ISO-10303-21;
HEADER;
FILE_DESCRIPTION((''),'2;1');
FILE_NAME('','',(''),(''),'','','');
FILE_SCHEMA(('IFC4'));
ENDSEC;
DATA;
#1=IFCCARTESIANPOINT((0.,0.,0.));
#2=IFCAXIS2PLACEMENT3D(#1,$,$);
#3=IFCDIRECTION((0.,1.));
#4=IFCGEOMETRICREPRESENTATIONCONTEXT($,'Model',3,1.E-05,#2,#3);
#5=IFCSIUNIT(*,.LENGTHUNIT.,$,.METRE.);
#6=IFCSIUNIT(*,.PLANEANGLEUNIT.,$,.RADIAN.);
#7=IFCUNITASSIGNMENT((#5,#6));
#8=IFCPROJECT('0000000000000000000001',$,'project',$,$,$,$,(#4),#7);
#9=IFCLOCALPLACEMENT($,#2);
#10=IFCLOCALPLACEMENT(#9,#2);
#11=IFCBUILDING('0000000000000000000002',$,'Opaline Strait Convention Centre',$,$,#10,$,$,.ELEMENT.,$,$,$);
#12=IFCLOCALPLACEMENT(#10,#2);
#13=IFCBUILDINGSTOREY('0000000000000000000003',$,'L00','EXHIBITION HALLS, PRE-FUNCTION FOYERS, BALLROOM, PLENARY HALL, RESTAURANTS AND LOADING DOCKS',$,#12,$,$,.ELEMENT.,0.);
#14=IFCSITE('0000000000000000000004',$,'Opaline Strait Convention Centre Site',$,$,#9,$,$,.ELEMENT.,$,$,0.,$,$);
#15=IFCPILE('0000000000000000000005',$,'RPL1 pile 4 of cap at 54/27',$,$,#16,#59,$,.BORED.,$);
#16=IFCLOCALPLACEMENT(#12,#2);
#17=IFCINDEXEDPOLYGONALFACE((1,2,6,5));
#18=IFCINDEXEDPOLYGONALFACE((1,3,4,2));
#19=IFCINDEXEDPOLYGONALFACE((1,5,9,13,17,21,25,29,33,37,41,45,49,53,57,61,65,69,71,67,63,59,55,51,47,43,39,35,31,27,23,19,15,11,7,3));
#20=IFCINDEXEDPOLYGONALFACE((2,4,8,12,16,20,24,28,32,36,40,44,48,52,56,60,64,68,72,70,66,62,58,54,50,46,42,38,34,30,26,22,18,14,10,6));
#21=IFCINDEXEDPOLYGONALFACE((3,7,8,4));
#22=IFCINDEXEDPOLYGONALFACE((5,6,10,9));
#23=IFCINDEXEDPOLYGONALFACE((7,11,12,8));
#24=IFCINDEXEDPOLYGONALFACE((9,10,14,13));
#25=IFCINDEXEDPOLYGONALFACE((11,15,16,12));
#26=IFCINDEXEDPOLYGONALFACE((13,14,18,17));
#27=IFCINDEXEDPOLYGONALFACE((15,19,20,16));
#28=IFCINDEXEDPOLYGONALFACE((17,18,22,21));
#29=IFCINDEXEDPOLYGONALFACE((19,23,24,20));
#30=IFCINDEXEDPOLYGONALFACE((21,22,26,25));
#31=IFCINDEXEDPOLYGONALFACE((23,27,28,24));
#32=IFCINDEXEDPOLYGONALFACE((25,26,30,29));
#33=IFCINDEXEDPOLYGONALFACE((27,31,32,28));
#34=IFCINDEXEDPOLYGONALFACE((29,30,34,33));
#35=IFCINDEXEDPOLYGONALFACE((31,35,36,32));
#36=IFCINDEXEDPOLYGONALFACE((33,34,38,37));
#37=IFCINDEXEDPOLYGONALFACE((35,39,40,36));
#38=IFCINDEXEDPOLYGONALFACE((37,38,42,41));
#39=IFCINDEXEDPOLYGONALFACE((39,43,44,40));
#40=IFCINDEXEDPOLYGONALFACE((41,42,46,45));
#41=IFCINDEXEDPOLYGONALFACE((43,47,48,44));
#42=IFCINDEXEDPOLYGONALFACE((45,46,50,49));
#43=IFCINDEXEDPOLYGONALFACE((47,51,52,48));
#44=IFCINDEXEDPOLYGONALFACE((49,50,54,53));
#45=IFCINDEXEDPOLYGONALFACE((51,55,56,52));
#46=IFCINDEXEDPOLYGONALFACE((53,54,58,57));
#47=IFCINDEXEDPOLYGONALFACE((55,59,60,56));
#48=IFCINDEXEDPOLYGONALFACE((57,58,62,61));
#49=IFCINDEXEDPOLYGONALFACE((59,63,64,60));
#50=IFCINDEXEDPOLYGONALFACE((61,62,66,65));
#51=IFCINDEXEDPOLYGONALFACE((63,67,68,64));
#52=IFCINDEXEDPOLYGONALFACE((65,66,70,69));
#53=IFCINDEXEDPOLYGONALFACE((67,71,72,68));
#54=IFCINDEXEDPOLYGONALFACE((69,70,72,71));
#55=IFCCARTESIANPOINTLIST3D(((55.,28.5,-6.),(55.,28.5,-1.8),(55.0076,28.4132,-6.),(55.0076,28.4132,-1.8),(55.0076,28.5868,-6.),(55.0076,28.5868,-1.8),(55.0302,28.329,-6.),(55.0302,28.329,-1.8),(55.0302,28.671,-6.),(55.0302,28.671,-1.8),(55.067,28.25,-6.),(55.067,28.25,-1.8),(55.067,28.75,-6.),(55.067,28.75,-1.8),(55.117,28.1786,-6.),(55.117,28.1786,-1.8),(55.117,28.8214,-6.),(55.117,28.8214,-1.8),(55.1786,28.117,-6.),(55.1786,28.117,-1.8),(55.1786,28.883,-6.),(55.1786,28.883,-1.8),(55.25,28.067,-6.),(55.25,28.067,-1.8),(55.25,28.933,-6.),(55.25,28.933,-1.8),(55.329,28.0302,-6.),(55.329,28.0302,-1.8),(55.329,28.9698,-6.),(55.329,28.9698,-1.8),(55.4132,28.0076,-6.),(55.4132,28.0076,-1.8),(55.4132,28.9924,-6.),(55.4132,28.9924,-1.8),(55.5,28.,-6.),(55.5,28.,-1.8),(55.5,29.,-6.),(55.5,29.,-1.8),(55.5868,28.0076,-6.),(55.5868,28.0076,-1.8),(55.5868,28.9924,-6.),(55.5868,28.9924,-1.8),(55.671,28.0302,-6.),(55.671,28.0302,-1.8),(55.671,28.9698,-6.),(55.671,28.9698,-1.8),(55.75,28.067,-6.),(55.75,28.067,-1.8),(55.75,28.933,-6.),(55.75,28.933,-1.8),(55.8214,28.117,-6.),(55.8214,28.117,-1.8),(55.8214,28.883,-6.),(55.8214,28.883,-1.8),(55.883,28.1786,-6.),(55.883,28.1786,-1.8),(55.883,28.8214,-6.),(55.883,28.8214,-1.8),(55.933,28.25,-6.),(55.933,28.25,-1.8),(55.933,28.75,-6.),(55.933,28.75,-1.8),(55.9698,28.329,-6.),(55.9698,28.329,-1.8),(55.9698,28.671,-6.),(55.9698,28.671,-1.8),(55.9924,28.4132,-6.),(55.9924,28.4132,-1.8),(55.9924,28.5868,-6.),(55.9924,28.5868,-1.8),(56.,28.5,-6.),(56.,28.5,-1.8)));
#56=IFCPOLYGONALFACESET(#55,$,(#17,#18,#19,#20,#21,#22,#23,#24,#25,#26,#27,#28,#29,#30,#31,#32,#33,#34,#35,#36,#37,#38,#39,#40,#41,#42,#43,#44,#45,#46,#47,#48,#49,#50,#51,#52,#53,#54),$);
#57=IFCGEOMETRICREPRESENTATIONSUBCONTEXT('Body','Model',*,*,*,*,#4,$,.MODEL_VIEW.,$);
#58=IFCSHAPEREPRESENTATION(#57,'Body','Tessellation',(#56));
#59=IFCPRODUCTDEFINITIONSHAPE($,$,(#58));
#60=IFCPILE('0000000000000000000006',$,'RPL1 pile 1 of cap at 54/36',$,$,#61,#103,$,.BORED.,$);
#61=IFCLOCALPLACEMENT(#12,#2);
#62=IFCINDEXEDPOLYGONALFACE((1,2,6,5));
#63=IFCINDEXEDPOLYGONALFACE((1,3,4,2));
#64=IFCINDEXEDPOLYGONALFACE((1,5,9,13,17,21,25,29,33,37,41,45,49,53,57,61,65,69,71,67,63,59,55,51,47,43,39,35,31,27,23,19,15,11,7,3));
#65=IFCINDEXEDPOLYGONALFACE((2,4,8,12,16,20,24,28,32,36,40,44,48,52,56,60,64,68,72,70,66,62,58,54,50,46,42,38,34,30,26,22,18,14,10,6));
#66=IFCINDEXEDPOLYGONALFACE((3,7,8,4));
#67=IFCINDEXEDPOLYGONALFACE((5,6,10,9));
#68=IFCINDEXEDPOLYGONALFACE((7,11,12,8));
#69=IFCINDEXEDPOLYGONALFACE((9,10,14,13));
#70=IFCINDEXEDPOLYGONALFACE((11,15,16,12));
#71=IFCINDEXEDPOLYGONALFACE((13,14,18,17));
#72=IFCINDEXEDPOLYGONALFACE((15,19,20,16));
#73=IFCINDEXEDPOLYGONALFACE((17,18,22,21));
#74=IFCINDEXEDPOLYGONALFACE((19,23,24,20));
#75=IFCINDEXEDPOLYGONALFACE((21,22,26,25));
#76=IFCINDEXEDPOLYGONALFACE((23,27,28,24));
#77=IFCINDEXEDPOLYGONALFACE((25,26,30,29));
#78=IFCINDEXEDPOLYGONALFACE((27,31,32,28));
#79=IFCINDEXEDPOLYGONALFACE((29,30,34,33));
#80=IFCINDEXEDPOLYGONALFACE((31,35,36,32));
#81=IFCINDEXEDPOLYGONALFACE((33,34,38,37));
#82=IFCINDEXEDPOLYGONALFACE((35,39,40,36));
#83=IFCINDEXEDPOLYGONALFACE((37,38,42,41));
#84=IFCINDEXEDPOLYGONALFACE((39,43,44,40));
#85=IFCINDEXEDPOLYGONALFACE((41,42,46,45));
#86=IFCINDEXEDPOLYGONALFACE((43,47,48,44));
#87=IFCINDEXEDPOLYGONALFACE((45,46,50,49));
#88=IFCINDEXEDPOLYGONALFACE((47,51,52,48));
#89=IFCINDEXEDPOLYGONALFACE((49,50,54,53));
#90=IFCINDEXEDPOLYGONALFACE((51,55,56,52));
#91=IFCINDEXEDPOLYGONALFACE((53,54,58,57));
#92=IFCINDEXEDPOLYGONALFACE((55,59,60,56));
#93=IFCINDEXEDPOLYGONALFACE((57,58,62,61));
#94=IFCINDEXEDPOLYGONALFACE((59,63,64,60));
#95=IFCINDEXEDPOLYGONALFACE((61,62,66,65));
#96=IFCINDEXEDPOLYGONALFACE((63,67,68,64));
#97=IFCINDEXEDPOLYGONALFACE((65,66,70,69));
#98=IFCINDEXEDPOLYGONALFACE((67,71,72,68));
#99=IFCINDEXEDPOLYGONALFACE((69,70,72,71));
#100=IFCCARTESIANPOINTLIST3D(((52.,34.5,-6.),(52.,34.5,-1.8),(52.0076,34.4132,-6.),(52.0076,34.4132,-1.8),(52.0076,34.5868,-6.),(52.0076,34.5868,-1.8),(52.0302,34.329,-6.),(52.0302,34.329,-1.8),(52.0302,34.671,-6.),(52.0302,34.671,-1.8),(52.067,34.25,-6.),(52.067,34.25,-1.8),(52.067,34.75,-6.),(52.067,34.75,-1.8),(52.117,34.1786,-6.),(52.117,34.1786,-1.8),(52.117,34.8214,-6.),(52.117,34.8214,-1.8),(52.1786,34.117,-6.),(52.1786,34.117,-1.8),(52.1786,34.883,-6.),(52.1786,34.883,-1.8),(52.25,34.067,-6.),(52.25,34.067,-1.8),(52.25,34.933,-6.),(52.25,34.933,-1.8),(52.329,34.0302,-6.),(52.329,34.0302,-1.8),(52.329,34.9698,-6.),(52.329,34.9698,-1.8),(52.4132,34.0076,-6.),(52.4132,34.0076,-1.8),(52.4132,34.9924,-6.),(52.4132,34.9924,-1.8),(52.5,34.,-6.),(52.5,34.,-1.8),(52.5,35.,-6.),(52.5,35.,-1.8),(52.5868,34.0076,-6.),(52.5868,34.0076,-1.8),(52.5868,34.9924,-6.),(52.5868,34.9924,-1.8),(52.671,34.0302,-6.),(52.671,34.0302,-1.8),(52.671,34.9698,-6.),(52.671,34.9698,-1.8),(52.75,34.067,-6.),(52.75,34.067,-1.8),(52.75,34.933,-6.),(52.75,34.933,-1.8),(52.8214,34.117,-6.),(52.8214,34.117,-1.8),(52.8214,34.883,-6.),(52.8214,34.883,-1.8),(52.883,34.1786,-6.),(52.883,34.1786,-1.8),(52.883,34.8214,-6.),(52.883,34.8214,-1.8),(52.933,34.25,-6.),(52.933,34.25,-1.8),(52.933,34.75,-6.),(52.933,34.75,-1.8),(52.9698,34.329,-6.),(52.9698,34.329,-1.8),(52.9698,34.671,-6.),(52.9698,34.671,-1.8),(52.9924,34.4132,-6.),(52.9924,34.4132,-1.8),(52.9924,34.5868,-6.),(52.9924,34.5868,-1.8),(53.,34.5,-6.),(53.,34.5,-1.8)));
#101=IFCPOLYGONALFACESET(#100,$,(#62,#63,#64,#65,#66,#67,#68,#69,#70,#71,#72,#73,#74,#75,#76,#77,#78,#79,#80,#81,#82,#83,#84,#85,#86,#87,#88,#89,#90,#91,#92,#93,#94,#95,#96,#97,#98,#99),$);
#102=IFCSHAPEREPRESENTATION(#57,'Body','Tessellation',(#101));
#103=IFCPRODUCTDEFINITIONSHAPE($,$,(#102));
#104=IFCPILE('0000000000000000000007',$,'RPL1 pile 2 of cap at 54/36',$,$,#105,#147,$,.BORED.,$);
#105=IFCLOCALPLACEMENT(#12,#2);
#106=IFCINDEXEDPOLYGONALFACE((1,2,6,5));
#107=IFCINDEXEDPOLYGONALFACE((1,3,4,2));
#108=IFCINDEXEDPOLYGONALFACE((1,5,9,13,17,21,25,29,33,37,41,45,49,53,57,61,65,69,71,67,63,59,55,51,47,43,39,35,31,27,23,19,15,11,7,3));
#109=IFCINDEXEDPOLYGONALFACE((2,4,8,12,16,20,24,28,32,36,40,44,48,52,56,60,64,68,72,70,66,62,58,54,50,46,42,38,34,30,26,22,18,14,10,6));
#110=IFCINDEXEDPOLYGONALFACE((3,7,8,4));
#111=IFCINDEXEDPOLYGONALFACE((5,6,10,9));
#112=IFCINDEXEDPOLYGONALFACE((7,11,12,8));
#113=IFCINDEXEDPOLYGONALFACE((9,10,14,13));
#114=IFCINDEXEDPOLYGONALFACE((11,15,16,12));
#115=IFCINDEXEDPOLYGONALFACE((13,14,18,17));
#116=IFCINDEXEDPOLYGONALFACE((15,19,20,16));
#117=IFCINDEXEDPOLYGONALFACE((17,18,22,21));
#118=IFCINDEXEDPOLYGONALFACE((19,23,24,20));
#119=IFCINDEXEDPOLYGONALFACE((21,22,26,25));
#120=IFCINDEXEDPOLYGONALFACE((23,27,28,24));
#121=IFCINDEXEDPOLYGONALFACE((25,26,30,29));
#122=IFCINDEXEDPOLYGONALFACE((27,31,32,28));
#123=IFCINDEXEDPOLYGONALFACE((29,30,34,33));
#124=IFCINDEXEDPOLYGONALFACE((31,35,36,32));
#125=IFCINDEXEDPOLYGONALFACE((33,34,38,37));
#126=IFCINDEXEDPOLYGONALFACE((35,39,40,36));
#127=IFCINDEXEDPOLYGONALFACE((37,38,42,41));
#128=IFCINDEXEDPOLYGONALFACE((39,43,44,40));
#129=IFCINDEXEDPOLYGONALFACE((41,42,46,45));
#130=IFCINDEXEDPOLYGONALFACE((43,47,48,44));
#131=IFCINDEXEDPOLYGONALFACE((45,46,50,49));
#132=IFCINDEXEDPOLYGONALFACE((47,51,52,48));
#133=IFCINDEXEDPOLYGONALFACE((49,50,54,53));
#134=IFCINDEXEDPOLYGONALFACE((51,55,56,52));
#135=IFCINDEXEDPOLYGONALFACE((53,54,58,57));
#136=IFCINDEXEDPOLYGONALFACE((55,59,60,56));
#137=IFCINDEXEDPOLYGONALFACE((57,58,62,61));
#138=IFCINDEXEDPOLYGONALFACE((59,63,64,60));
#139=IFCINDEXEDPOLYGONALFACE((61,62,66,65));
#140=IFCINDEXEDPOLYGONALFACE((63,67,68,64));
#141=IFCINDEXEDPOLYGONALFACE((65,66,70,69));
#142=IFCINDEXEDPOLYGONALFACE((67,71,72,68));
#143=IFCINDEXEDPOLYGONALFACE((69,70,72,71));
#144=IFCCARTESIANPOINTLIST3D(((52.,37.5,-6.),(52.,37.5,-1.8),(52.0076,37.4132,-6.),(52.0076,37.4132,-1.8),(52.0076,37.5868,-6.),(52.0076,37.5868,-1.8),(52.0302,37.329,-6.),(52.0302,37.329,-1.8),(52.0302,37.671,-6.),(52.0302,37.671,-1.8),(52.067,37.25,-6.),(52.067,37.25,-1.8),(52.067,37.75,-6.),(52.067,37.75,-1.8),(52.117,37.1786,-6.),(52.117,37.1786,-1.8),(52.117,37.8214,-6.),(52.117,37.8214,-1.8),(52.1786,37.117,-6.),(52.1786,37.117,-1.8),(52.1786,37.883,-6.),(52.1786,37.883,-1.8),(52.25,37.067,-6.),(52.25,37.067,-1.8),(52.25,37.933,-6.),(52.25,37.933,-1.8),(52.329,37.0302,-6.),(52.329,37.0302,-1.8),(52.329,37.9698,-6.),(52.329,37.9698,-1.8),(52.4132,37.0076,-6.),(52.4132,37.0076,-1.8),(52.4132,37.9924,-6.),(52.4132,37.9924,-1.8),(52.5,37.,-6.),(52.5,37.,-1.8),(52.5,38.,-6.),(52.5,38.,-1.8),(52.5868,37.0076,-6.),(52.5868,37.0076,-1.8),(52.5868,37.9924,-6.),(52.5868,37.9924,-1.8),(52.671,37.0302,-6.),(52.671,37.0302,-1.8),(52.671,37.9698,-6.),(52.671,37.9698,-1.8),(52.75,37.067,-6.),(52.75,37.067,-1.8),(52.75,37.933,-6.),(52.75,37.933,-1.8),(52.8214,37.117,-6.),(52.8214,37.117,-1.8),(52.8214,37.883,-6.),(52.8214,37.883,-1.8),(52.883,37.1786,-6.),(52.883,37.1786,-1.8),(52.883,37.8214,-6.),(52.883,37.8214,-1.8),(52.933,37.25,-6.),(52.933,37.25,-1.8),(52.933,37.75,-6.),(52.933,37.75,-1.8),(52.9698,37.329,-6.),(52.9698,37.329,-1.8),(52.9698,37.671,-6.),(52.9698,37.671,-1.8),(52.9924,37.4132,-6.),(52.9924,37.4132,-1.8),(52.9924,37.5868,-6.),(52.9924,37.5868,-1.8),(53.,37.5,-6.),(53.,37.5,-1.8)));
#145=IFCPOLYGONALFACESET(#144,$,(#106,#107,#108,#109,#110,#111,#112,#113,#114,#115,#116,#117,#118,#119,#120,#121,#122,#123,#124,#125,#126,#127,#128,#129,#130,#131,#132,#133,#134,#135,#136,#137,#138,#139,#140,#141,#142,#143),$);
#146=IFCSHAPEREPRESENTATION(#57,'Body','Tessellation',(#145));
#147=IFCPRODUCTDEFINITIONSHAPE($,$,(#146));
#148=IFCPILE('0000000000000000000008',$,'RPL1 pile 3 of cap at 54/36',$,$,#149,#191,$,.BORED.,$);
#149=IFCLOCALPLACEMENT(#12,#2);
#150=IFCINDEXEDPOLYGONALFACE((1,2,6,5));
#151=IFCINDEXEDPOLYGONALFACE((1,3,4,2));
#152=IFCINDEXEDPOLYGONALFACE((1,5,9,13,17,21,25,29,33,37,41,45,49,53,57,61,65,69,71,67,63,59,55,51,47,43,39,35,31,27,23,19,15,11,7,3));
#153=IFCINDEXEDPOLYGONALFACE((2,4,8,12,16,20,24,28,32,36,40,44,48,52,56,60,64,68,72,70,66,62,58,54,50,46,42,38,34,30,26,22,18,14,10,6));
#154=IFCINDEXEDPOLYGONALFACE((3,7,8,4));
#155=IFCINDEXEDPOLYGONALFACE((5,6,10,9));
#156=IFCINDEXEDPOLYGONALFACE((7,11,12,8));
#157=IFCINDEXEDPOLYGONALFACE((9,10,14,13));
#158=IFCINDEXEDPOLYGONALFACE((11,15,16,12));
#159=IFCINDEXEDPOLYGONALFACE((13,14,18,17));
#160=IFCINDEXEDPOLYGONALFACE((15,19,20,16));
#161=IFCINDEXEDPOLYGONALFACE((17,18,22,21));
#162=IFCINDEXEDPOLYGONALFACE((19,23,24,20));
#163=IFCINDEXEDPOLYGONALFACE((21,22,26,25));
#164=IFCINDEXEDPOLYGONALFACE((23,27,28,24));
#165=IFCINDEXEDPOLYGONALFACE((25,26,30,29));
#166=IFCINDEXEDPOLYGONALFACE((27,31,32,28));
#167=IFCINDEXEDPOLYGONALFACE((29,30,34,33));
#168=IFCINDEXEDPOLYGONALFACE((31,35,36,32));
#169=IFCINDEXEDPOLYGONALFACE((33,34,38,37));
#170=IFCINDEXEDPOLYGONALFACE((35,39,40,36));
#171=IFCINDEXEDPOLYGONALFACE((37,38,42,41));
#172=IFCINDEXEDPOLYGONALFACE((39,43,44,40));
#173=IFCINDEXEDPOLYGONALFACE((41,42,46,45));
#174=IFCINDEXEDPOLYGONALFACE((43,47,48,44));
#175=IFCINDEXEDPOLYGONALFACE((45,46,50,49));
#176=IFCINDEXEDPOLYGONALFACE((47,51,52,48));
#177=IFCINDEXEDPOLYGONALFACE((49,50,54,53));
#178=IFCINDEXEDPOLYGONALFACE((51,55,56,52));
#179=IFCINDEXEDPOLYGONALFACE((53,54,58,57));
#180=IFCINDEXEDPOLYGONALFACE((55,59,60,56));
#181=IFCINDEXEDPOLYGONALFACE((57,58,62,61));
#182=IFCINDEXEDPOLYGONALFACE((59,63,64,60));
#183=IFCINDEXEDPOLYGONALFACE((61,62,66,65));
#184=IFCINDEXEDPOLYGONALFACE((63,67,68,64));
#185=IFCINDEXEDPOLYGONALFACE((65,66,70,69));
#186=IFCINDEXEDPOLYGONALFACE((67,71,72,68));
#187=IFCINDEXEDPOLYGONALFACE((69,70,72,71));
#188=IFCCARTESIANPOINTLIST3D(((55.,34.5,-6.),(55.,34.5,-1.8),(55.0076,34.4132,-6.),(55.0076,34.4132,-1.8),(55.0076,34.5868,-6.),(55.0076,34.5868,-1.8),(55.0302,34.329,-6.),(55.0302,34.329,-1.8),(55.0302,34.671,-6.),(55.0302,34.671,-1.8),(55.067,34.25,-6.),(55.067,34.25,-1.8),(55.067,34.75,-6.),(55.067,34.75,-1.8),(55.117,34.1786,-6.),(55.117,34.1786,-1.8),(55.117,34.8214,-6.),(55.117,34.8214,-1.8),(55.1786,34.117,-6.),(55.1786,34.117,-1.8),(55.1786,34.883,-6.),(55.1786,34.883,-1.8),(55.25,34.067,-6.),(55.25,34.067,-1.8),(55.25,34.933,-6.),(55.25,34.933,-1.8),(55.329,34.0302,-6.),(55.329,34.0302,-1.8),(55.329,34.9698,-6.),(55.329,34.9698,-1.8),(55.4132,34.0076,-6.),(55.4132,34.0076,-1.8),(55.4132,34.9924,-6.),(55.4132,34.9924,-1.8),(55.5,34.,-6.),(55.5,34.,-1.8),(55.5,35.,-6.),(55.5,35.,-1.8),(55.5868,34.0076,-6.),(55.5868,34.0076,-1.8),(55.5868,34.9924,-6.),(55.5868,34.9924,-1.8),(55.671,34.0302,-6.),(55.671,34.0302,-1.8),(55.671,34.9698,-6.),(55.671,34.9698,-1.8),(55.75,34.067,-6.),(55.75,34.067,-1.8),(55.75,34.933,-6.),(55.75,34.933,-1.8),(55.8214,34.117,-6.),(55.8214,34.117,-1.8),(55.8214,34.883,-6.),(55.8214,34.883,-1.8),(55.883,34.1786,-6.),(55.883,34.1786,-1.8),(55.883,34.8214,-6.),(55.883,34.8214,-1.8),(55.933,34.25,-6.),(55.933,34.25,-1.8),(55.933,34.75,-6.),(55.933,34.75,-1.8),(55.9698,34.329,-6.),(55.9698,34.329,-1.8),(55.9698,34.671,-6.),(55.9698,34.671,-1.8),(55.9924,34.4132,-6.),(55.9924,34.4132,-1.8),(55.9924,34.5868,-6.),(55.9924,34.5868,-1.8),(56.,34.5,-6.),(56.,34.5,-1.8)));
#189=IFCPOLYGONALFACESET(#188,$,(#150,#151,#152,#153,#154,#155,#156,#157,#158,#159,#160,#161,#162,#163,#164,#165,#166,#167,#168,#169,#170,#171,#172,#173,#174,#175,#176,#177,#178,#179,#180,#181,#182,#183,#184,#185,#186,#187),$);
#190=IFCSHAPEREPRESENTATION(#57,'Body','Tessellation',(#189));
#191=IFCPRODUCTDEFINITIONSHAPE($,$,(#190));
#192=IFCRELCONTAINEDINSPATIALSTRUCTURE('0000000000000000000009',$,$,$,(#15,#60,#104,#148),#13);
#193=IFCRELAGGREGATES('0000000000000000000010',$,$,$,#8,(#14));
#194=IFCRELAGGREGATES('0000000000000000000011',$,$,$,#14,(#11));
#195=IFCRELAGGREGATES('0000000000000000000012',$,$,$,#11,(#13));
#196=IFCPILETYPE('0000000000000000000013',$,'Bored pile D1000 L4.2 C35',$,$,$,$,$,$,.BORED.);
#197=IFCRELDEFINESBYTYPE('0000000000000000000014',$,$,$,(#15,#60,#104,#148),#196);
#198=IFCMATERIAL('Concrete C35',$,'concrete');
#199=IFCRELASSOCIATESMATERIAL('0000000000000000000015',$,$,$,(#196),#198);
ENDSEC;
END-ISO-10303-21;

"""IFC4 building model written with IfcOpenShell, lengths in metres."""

from ifc_helpers import new_model, si_unit, direction, frame, origin, origin_2d, place, context, subcontext, project, spatial, circle, extrude, material, material_profile, profile_set, type_object, element, save


model = new_model("IFC4")

# Units and contexts
model_context = context("Model", 3, precision=1e-05, world=origin(), true_north=direction((0.0, 1.0)))
body_context = subcontext(model_context, "Body", "Model", "MODEL_VIEW")
ifc_project = project(units=[si_unit("LENGTHUNIT", "METRE"), si_unit("PLANEANGLEUNIT", "RADIAN")], contexts=[model_context])

# Site, building, storey
site_placement = place(None, origin())
site = spatial("IfcSite", under=ifc_project, at=site_placement, Name="Opaline Strait Convention Centre Site", CompositionType="ELEMENT", RefElevation=0.0)
building_placement = place(site_placement, origin())
building = spatial("IfcBuilding", under=site, at=building_placement, Name="Opaline Strait Convention Centre", CompositionType="ELEMENT")
storey_placement = place(building_placement, origin())
storey = spatial("IfcBuildingStorey", under=building, at=storey_placement, Name="L00", Description="EXHIBITION HALLS, PRE-FUNCTION FOYERS, BALLROOM, PLENARY HALL, RESTAURANTS AND LOADING DOCKS", CompositionType="ELEMENT", Elevation=0.0)

# Piles
ifc_material_1 = material(Name="Concrete C35", Category="concrete")
ifc_material_profile_1 = material_profile(ifc_material_1, circle(Radius=0.5, at=origin_2d()), Name="D1000")
ifc_profile_set_1 = profile_set([ifc_material_profile_1], Name="Concrete C35")
pile_type = type_object("IfcPileType", Name="Bored pile D1000 L4.2 C35", PredefinedType="BORED", material=ifc_profile_set_1)
for number, where, z_axis, x_axis, name in (
    (1, (55.5, 28.5, -1.8), (0.0, 0.0, -1.0), (1.0, 0.0, 0.0), "RPL1 pile 4 of cap at 54/27"),
    (2, (52.5, 34.5, -1.8), (0.0, 0.0, -1.0), (1.0, 0.0, 0.0), "RPL1 pile 1 of cap at 54/36"),
    (3, (52.5, 37.5, -1.8), (0.0, 0.0, -1.0), (1.0, 0.0, 0.0), "RPL1 pile 2 of cap at 54/36"),
    (4, (55.5, 34.5, -1.8), (0.0, 0.0, -1.0), (1.0, 0.0, 0.0), "RPL1 pile 3 of cap at 54/36"),
):
    element("IfcPile", number, at=place(storey_placement, frame(where, z_axis=z_axis, x_axis=x_axis)), inside=storey, type_object=pile_type, Name=name, PredefinedType="BORED", context=body_context, shape_type="SweptSolid", body=[
        extrude(circle(Radius=0.5, at=origin_2d()), origin(), (0.0, 0.0, 1.0), 4.2),
    ])

save(model, "model.ifc")
